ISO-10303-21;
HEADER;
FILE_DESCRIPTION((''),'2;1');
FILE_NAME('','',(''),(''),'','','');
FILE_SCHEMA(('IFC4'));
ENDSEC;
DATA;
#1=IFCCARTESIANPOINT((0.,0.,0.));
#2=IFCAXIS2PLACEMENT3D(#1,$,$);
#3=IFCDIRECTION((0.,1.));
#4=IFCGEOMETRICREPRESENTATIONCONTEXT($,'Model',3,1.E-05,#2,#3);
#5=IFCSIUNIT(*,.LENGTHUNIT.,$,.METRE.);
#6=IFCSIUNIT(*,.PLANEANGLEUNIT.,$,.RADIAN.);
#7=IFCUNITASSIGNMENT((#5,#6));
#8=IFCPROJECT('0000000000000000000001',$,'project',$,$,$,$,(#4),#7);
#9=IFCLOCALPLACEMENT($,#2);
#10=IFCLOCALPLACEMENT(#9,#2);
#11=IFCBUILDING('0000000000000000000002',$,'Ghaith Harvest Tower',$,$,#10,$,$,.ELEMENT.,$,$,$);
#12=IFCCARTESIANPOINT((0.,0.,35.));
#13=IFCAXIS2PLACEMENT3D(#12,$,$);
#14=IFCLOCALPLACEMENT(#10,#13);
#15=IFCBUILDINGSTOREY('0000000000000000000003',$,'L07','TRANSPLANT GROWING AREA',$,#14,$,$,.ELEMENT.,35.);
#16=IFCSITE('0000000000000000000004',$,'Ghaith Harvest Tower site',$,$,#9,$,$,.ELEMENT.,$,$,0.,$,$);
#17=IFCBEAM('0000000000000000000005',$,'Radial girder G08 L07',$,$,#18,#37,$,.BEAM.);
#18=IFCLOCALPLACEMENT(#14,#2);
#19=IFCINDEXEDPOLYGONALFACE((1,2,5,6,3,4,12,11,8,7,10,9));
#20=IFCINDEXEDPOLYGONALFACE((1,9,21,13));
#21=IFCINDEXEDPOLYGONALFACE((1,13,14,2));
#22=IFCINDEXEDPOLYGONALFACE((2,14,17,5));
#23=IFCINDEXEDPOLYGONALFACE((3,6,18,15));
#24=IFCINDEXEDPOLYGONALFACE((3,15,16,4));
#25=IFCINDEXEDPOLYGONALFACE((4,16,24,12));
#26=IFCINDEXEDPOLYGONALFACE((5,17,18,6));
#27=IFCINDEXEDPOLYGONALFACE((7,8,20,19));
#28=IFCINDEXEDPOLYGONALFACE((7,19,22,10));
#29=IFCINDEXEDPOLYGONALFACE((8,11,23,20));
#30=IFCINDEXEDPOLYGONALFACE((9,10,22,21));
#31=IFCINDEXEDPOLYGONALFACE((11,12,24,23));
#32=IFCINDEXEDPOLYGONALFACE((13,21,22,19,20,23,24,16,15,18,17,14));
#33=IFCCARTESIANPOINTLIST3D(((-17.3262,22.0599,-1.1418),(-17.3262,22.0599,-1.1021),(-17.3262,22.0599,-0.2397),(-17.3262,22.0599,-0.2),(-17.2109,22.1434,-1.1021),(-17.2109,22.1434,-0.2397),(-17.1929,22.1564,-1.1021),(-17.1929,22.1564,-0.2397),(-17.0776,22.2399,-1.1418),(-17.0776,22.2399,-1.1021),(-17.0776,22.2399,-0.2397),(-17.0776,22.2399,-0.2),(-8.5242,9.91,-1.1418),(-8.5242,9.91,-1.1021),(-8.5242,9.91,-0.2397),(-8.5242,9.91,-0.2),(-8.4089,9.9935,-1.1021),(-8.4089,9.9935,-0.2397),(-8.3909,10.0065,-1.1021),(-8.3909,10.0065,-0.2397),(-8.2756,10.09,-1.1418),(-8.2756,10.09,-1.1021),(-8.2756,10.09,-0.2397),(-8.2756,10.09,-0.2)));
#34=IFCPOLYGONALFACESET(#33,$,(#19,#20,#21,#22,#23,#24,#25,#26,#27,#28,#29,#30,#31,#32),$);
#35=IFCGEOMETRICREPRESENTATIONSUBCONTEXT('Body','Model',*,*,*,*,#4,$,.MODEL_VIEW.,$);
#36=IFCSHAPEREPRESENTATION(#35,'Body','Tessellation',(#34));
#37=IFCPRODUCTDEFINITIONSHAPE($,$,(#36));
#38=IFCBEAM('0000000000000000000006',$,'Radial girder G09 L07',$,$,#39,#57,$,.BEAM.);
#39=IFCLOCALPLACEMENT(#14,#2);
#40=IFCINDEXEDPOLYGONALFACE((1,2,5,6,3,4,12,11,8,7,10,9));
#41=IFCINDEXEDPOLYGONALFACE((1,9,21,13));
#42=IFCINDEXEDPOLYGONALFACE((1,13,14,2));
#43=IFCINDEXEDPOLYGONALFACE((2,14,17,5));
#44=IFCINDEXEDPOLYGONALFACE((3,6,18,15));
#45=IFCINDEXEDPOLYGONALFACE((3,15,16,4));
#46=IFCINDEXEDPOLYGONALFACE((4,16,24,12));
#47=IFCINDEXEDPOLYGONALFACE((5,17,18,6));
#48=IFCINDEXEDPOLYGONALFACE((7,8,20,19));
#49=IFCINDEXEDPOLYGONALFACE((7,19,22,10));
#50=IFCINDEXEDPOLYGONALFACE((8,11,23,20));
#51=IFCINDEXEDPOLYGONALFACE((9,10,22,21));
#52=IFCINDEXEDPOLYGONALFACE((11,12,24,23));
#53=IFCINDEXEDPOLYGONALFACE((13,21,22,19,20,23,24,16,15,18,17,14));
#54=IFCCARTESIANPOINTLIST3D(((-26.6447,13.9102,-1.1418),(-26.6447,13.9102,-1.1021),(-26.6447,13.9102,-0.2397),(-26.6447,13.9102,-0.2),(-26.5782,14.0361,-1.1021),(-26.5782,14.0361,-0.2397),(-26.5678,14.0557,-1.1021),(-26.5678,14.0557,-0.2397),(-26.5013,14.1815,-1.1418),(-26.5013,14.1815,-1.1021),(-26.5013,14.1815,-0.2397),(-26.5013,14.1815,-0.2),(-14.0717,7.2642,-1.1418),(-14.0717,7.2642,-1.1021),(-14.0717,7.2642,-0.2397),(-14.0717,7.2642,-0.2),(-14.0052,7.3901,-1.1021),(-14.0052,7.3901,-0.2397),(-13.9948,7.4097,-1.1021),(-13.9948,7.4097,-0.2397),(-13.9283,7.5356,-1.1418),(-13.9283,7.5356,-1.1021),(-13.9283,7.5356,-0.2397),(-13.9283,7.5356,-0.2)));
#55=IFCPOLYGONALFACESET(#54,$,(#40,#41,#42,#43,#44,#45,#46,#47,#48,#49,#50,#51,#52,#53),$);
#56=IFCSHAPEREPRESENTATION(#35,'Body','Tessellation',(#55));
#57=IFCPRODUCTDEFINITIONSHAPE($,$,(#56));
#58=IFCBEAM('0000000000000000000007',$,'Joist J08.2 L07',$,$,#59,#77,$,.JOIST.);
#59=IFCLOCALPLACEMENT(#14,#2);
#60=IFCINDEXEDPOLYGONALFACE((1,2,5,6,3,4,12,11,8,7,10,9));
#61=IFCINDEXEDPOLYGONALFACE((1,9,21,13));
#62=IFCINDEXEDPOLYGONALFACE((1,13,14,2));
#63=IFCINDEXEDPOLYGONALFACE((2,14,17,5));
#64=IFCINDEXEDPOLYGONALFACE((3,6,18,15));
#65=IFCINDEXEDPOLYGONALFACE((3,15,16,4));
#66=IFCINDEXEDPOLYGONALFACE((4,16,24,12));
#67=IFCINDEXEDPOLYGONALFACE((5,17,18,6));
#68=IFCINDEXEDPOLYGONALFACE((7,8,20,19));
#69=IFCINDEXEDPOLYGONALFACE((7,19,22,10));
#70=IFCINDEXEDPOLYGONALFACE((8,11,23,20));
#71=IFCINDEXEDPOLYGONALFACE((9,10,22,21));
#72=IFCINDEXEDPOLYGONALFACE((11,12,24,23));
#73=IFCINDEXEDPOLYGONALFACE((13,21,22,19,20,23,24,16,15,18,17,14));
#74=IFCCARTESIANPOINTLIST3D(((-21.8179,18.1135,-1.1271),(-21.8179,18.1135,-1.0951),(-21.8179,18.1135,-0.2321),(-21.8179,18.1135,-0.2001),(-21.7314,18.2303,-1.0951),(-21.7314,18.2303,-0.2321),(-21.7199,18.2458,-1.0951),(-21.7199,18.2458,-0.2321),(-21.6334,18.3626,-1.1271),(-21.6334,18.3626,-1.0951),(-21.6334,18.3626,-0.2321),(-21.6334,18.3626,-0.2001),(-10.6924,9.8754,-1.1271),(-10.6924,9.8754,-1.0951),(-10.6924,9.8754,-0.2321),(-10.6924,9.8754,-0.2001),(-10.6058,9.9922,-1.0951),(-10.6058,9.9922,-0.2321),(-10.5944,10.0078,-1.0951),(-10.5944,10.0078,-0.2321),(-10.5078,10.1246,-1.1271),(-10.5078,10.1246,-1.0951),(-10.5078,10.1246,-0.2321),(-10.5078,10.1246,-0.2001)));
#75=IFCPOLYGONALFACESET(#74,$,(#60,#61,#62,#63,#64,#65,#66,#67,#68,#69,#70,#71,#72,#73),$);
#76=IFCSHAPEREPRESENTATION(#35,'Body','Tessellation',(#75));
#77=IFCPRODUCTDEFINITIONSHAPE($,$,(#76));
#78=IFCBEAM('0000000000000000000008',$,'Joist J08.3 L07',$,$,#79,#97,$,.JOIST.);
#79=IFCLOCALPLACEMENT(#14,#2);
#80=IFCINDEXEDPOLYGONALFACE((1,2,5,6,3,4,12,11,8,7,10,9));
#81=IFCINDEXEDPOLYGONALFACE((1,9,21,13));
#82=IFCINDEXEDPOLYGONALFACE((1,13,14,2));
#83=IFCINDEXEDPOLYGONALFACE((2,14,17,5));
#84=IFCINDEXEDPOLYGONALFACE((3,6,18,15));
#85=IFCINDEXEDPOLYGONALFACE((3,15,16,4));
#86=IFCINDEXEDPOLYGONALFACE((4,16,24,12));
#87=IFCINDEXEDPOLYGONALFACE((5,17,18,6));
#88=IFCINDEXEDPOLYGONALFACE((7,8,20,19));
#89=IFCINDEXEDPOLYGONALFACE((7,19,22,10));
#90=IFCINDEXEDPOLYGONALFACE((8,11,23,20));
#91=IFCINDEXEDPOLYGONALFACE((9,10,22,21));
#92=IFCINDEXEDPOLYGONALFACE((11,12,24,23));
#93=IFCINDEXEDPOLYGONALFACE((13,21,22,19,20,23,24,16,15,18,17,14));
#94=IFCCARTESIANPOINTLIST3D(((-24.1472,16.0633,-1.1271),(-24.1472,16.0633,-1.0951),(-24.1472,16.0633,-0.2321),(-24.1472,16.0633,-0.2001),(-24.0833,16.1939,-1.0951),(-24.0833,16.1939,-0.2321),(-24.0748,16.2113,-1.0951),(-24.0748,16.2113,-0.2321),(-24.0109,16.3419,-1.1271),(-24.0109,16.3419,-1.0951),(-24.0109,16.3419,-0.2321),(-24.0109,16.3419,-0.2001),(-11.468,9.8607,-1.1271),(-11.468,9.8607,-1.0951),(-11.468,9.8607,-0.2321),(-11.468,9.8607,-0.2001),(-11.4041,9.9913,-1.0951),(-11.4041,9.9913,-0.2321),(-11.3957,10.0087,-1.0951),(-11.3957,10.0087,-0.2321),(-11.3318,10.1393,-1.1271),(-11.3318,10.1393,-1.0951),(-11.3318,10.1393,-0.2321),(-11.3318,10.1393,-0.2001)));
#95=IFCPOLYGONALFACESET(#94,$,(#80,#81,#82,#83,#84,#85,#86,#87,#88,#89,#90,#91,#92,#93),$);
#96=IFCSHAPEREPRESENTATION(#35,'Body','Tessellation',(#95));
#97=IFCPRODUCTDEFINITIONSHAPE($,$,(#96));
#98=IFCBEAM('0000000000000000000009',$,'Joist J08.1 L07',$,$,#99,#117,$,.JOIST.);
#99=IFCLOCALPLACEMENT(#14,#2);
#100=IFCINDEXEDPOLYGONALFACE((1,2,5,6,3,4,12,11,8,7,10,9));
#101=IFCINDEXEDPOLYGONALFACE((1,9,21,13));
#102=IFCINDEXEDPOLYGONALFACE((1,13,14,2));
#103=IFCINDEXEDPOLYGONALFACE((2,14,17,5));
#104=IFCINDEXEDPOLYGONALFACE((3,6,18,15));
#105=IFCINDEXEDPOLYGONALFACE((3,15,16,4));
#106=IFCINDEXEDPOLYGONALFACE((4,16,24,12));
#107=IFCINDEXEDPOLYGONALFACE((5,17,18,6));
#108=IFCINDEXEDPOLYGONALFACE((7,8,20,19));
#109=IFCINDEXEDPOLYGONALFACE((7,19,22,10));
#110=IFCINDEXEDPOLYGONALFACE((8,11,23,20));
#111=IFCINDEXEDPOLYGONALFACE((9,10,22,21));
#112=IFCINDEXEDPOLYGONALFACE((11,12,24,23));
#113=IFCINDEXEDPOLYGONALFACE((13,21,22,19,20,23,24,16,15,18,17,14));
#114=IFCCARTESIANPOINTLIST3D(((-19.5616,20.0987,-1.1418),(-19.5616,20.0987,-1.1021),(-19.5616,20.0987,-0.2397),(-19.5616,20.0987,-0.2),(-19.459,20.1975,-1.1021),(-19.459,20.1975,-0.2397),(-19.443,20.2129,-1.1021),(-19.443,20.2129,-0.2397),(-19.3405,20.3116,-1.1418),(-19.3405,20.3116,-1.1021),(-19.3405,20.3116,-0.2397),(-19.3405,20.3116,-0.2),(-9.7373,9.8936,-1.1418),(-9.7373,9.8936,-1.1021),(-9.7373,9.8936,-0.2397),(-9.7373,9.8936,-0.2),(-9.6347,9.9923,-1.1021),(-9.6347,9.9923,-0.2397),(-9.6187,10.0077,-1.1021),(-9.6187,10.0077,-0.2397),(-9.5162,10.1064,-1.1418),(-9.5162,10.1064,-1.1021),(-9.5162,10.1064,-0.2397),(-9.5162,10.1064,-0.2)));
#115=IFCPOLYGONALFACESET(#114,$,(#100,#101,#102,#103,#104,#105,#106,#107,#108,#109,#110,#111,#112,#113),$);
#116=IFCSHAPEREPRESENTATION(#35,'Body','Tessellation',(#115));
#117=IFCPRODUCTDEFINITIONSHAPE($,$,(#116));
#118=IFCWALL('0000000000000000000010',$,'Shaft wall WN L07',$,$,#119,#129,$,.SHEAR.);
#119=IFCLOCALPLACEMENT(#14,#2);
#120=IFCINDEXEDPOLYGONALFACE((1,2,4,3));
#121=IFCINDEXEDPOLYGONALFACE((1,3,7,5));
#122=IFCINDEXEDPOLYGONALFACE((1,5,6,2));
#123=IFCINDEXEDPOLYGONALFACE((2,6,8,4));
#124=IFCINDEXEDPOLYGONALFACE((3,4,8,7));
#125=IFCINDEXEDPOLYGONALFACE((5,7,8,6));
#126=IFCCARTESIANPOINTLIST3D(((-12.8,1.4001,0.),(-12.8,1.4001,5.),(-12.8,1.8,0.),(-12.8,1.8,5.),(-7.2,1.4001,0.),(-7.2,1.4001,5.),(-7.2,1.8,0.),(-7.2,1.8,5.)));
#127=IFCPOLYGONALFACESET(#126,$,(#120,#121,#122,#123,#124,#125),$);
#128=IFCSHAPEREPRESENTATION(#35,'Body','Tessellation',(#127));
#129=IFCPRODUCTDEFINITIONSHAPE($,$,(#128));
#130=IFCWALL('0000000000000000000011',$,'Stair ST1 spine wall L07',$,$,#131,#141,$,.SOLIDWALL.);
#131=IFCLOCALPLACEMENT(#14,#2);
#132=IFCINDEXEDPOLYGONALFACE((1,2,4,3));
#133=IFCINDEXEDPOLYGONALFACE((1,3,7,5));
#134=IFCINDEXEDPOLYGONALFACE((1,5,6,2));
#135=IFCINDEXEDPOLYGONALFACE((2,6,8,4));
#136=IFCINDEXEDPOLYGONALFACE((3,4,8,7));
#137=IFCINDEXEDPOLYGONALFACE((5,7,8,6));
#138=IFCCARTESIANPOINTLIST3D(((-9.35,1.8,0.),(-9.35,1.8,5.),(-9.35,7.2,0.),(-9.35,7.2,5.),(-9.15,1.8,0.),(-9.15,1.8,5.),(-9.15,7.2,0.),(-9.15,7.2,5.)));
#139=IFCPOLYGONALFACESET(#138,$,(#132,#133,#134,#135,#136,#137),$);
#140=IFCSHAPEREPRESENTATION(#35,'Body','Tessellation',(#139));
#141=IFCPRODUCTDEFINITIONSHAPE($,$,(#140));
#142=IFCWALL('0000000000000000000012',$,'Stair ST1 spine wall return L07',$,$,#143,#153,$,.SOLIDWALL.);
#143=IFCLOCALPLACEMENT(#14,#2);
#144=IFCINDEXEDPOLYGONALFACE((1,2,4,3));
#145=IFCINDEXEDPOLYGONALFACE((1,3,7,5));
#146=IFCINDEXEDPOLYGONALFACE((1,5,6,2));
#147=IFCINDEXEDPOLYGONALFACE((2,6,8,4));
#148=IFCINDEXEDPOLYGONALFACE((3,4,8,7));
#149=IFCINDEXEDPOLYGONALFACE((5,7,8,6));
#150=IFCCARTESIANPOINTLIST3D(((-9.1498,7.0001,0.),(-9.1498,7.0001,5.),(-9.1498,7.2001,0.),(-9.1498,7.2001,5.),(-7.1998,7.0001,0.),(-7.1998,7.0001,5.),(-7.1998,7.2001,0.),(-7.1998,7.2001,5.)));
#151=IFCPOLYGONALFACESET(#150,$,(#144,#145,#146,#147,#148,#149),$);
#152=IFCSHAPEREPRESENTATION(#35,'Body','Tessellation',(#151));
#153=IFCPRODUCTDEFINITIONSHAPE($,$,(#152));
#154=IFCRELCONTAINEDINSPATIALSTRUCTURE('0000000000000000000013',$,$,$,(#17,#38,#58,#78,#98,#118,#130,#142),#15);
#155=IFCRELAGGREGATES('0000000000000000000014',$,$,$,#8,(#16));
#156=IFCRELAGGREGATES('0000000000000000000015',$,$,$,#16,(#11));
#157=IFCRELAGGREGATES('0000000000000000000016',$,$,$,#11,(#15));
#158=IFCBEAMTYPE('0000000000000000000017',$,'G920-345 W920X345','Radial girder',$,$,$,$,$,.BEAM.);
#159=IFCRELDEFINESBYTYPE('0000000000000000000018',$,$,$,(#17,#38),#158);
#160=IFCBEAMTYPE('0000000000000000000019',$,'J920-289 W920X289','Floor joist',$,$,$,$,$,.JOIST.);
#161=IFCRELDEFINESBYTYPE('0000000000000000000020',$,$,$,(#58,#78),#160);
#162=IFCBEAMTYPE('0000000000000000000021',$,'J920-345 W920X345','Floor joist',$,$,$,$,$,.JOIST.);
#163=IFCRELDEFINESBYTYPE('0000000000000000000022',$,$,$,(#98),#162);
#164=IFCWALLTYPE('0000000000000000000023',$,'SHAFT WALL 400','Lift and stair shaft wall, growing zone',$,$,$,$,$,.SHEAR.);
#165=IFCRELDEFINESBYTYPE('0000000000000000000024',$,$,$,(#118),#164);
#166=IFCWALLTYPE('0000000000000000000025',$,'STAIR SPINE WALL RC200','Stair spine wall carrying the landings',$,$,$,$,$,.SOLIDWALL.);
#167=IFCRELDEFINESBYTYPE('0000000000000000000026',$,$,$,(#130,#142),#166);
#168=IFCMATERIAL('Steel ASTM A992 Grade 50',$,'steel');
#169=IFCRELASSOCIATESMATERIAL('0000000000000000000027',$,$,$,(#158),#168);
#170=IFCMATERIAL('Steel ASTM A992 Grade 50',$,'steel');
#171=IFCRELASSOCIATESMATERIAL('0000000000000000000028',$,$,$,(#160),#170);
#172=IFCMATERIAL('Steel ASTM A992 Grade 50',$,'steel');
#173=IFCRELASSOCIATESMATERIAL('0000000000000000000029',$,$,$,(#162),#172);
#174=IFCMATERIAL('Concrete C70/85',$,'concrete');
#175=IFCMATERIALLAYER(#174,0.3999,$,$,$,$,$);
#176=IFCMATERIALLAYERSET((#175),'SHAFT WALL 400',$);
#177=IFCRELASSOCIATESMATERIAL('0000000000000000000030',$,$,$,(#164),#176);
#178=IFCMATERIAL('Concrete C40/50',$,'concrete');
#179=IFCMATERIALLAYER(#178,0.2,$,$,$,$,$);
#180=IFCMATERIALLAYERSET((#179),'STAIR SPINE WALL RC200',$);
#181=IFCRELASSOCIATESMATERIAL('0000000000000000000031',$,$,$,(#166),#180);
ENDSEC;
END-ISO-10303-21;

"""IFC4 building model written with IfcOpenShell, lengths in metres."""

from ifc_helpers import new_model, si_unit, direction, frame, frame_2d, origin, origin_2d, place, context, subcontext, project, spatial, rectangle, i_section, extrude, material, layer, layer_set, material_profile, profile_set, type_object, element, save


model = new_model("IFC4")

# Units and contexts
model_context = context("Model", 3, precision=1e-05, world=origin(), true_north=direction((0.0, 1.0)))
body_context = subcontext(model_context, "Body", "Model", "MODEL_VIEW")
ifc_project = project(units=[si_unit("LENGTHUNIT", "METRE"), si_unit("PLANEANGLEUNIT", "RADIAN")], contexts=[model_context])

# Site, building, storey
site_placement = place(None, origin())
site = spatial("IfcSite", under=ifc_project, at=site_placement, Name="Ghaith Harvest Tower site", CompositionType="ELEMENT", RefElevation=0.0)
building_placement = place(site_placement, origin())
building = spatial("IfcBuilding", under=site, at=building_placement, Name="Ghaith Harvest Tower", CompositionType="ELEMENT")
storey_placement = place(building_placement, frame((0.0, 0.0, 35.0)))
storey = spatial("IfcBuildingStorey", under=building, at=storey_placement, Name="L07", Description="TRANSPLANT GROWING AREA", CompositionType="ELEMENT", Elevation=35.0)

# Beams
ifc_material_1 = material(Name="Steel ASTM A992 Grade 50", Category="steel")
ifc_material_profile_1 = material_profile(ifc_material_1, i_section(OverallWidth=0.3069, OverallDepth=0.9419, WebThickness=0.0222, FlangeThickness=0.0398, at=origin_2d()), Name="W920X345")
ifc_profile_set_1 = profile_set([ifc_material_profile_1], Name="Steel ASTM A992 Grade 50")
beam_type_1 = type_object("IfcBeamType", Name="G920-345 W920X345", Description="Radial girder", PredefinedType="BEAM", material=ifc_profile_set_1)
beam_1_placement = place(storey_placement, frame((-8.3999, 10.0, -0.6709), z_axis=(-0.586676, 0.809822, 0.0), x_axis=(-0.809822, -0.586676, 0.0)))
element("IfcBeam", 1, at=beam_1_placement, inside=storey, type_object=beam_type_1, Name="Radial girder G08 L07", PredefinedType="BEAM", context=body_context, shape_type="SweptSolid", body=[
    extrude(i_section(OverallWidth=0.3069, OverallDepth=0.9419, WebThickness=0.0222, FlangeThickness=0.0398, at=origin_2d()), origin(), (0.0, 0.0, 1.0), 15.0032),
])
beam_2_placement = place(storey_placement, frame((-14.0, 7.3999, -0.6709), z_axis=(-0.884087, 0.467322, 0.0), x_axis=(-0.467322, -0.884087, 0.0)))
element("IfcBeam", 2, at=beam_2_placement, inside=storey, type_object=beam_type_1, Name="Radial girder G09 L07", PredefinedType="BEAM", context=body_context, shape_type="SweptSolid", body=[
    extrude(i_section(OverallWidth=0.3069, OverallDepth=0.9419, WebThickness=0.0222, FlangeThickness=0.0398, at=origin_2d()), origin(), (0.0, 0.0, 1.0), 14.2214),
])
ifc_material_2 = material(Name="Steel ASTM A992 Grade 50", Category="steel")
ifc_material_profile_2 = material_profile(ifc_material_2, i_section(OverallWidth=0.3101, OverallDepth=0.927, WebThickness=0.0193, FlangeThickness=0.032, at=origin_2d()), Name="W920X289")
ifc_profile_set_2 = profile_set([ifc_material_profile_2], Name="Steel ASTM A992 Grade 50")
beam_type_2 = type_object("IfcBeamType", Name="J920-289 W920X289", Description="Floor joist", PredefinedType="JOIST", material=ifc_profile_set_2)
beam_3_placement = place(storey_placement, frame((-10.6001, 10.0, -0.6636), z_axis=(-0.803663, 0.595085, 0.0), x_axis=(-0.595085, -0.803663, 0.0)))
element("IfcBeam", 3, at=beam_3_placement, inside=storey, type_object=beam_type_2, Name="Joist J08.2 L07", PredefinedType="JOIST", context=body_context, shape_type="SweptSolid", body=[
    extrude(i_section(OverallWidth=0.3101, OverallDepth=0.927, WebThickness=0.0193, FlangeThickness=0.032, at=origin_2d()), origin(), (0.0, 0.0, 1.0), 13.8435),
])
beam_4_placement = place(storey_placement, frame((-11.3999, 10.0, -0.6636), z_axis=(-0.898275, 0.439434, 0.0), x_axis=(-0.439434, -0.898275, 0.0)))
element("IfcBeam", 4, at=beam_4_placement, inside=storey, type_object=beam_type_2, Name="Joist J08.3 L07", PredefinedType="JOIST", context=body_context, shape_type="SweptSolid", body=[
    extrude(i_section(OverallWidth=0.3101, OverallDepth=0.927, WebThickness=0.0193, FlangeThickness=0.032, at=origin_2d()), origin(), (0.0, 0.0, 1.0), 14.115),
])
ifc_material_3 = material(Name="Steel ASTM A992 Grade 50", Category="steel")
ifc_material_profile_3 = material_profile(ifc_material_3, i_section(OverallWidth=0.3069, OverallDepth=0.9419, WebThickness=0.0222, FlangeThickness=0.0398, at=origin_2d()), Name="W920X345")
ifc_profile_set_3 = profile_set([ifc_material_profile_3], Name="Steel ASTM A992 Grade 50")
beam_type_3 = type_object("IfcBeamType", Name="J920-345 W920X345", Description="Floor joist", PredefinedType="JOIST", material=ifc_profile_set_3)
beam_5_placement = place(storey_placement, frame((-9.6267, 10.0, -0.6709), z_axis=(-0.693536, 0.720422, 0.0), x_axis=(-0.720422, -0.693536, 0.0)))
element("IfcBeam", 5, at=beam_5_placement, inside=storey, type_object=beam_type_3, Name="Joist J08.1 L07", PredefinedType="JOIST", context=body_context, shape_type="SweptSolid", body=[
    extrude(i_section(OverallWidth=0.3069, OverallDepth=0.9419, WebThickness=0.0222, FlangeThickness=0.0398, at=origin_2d()), origin(), (0.0, 0.0, 1.0), 14.1655),
])

# Shared definitions
ifc_material_4 = material(Name="Concrete C70/85", Category="concrete")
ifc_layer_1 = layer(ifc_material_4, 0.3999)
ifc_layer_set_1 = layer_set([ifc_layer_1], Name="SHAFT WALL 400")
wall_type_1 = type_object("IfcWallType", Name="SHAFT WALL 400", Description="Lift and stair shaft wall, growing zone", PredefinedType="SHEAR", material=ifc_layer_set_1)

# Walls
wall_1_placement = place(storey_placement, frame((-12.8, 1.6001, 0.0), z_axis=(0.0, 0.0, 1.0), x_axis=(1.0, 0.0, 0.0)))
element("IfcWall", 6, at=wall_1_placement, inside=storey, type_object=wall_type_1, Name="Shaft wall WN L07", PredefinedType="SHEAR", context=body_context, shape_type="SweptSolid", body=[
    extrude(rectangle(XDim=5.6001, YDim=0.3999, at=frame_2d((2.8, 0.0))), origin(), (0.0, 0.0, 1.0), 5.0),
])
ifc_material_5 = material(Name="Concrete C40/50", Category="concrete")
ifc_layer_2 = layer(ifc_material_5, 0.2)
ifc_layer_set_2 = layer_set([ifc_layer_2], Name="STAIR SPINE WALL RC200")
wall_type_2 = type_object("IfcWallType", Name="STAIR SPINE WALL RC200", Description="Stair spine wall carrying the landings", PredefinedType="SOLIDWALL", material=ifc_layer_set_2)
wall_2_placement = place(storey_placement, frame((-9.25, 7.2, 0.0), z_axis=(0.0, 0.0, 1.0), x_axis=(0.0, -1.0, 0.0)))
element("IfcWall", 7, at=wall_2_placement, inside=storey, type_object=wall_type_2, Name="Stair ST1 spine wall L07", PredefinedType="SOLIDWALL", context=body_context, shape_type="SweptSolid", body=[
    extrude(rectangle(XDim=5.3999, YDim=0.2, at=frame_2d((2.7, 0.0))), origin(), (0.0, 0.0, 1.0), 5.0),
])
wall_3_placement = place(storey_placement, frame((-9.1499, 7.1001, 0.0), z_axis=(0.0, 0.0, 1.0), x_axis=(1.0, 0.0, 0.0)))
element("IfcWall", 8, at=wall_3_placement, inside=storey, type_object=wall_type_2, Name="Stair ST1 spine wall return L07", PredefinedType="SOLIDWALL", context=body_context, shape_type="SweptSolid", body=[
    extrude(rectangle(XDim=1.95, YDim=0.2, at=frame_2d((0.9751, 0.0))), origin(), (0.0, 0.0, 1.0), 5.0),
])

save(model, "model.ifc")
